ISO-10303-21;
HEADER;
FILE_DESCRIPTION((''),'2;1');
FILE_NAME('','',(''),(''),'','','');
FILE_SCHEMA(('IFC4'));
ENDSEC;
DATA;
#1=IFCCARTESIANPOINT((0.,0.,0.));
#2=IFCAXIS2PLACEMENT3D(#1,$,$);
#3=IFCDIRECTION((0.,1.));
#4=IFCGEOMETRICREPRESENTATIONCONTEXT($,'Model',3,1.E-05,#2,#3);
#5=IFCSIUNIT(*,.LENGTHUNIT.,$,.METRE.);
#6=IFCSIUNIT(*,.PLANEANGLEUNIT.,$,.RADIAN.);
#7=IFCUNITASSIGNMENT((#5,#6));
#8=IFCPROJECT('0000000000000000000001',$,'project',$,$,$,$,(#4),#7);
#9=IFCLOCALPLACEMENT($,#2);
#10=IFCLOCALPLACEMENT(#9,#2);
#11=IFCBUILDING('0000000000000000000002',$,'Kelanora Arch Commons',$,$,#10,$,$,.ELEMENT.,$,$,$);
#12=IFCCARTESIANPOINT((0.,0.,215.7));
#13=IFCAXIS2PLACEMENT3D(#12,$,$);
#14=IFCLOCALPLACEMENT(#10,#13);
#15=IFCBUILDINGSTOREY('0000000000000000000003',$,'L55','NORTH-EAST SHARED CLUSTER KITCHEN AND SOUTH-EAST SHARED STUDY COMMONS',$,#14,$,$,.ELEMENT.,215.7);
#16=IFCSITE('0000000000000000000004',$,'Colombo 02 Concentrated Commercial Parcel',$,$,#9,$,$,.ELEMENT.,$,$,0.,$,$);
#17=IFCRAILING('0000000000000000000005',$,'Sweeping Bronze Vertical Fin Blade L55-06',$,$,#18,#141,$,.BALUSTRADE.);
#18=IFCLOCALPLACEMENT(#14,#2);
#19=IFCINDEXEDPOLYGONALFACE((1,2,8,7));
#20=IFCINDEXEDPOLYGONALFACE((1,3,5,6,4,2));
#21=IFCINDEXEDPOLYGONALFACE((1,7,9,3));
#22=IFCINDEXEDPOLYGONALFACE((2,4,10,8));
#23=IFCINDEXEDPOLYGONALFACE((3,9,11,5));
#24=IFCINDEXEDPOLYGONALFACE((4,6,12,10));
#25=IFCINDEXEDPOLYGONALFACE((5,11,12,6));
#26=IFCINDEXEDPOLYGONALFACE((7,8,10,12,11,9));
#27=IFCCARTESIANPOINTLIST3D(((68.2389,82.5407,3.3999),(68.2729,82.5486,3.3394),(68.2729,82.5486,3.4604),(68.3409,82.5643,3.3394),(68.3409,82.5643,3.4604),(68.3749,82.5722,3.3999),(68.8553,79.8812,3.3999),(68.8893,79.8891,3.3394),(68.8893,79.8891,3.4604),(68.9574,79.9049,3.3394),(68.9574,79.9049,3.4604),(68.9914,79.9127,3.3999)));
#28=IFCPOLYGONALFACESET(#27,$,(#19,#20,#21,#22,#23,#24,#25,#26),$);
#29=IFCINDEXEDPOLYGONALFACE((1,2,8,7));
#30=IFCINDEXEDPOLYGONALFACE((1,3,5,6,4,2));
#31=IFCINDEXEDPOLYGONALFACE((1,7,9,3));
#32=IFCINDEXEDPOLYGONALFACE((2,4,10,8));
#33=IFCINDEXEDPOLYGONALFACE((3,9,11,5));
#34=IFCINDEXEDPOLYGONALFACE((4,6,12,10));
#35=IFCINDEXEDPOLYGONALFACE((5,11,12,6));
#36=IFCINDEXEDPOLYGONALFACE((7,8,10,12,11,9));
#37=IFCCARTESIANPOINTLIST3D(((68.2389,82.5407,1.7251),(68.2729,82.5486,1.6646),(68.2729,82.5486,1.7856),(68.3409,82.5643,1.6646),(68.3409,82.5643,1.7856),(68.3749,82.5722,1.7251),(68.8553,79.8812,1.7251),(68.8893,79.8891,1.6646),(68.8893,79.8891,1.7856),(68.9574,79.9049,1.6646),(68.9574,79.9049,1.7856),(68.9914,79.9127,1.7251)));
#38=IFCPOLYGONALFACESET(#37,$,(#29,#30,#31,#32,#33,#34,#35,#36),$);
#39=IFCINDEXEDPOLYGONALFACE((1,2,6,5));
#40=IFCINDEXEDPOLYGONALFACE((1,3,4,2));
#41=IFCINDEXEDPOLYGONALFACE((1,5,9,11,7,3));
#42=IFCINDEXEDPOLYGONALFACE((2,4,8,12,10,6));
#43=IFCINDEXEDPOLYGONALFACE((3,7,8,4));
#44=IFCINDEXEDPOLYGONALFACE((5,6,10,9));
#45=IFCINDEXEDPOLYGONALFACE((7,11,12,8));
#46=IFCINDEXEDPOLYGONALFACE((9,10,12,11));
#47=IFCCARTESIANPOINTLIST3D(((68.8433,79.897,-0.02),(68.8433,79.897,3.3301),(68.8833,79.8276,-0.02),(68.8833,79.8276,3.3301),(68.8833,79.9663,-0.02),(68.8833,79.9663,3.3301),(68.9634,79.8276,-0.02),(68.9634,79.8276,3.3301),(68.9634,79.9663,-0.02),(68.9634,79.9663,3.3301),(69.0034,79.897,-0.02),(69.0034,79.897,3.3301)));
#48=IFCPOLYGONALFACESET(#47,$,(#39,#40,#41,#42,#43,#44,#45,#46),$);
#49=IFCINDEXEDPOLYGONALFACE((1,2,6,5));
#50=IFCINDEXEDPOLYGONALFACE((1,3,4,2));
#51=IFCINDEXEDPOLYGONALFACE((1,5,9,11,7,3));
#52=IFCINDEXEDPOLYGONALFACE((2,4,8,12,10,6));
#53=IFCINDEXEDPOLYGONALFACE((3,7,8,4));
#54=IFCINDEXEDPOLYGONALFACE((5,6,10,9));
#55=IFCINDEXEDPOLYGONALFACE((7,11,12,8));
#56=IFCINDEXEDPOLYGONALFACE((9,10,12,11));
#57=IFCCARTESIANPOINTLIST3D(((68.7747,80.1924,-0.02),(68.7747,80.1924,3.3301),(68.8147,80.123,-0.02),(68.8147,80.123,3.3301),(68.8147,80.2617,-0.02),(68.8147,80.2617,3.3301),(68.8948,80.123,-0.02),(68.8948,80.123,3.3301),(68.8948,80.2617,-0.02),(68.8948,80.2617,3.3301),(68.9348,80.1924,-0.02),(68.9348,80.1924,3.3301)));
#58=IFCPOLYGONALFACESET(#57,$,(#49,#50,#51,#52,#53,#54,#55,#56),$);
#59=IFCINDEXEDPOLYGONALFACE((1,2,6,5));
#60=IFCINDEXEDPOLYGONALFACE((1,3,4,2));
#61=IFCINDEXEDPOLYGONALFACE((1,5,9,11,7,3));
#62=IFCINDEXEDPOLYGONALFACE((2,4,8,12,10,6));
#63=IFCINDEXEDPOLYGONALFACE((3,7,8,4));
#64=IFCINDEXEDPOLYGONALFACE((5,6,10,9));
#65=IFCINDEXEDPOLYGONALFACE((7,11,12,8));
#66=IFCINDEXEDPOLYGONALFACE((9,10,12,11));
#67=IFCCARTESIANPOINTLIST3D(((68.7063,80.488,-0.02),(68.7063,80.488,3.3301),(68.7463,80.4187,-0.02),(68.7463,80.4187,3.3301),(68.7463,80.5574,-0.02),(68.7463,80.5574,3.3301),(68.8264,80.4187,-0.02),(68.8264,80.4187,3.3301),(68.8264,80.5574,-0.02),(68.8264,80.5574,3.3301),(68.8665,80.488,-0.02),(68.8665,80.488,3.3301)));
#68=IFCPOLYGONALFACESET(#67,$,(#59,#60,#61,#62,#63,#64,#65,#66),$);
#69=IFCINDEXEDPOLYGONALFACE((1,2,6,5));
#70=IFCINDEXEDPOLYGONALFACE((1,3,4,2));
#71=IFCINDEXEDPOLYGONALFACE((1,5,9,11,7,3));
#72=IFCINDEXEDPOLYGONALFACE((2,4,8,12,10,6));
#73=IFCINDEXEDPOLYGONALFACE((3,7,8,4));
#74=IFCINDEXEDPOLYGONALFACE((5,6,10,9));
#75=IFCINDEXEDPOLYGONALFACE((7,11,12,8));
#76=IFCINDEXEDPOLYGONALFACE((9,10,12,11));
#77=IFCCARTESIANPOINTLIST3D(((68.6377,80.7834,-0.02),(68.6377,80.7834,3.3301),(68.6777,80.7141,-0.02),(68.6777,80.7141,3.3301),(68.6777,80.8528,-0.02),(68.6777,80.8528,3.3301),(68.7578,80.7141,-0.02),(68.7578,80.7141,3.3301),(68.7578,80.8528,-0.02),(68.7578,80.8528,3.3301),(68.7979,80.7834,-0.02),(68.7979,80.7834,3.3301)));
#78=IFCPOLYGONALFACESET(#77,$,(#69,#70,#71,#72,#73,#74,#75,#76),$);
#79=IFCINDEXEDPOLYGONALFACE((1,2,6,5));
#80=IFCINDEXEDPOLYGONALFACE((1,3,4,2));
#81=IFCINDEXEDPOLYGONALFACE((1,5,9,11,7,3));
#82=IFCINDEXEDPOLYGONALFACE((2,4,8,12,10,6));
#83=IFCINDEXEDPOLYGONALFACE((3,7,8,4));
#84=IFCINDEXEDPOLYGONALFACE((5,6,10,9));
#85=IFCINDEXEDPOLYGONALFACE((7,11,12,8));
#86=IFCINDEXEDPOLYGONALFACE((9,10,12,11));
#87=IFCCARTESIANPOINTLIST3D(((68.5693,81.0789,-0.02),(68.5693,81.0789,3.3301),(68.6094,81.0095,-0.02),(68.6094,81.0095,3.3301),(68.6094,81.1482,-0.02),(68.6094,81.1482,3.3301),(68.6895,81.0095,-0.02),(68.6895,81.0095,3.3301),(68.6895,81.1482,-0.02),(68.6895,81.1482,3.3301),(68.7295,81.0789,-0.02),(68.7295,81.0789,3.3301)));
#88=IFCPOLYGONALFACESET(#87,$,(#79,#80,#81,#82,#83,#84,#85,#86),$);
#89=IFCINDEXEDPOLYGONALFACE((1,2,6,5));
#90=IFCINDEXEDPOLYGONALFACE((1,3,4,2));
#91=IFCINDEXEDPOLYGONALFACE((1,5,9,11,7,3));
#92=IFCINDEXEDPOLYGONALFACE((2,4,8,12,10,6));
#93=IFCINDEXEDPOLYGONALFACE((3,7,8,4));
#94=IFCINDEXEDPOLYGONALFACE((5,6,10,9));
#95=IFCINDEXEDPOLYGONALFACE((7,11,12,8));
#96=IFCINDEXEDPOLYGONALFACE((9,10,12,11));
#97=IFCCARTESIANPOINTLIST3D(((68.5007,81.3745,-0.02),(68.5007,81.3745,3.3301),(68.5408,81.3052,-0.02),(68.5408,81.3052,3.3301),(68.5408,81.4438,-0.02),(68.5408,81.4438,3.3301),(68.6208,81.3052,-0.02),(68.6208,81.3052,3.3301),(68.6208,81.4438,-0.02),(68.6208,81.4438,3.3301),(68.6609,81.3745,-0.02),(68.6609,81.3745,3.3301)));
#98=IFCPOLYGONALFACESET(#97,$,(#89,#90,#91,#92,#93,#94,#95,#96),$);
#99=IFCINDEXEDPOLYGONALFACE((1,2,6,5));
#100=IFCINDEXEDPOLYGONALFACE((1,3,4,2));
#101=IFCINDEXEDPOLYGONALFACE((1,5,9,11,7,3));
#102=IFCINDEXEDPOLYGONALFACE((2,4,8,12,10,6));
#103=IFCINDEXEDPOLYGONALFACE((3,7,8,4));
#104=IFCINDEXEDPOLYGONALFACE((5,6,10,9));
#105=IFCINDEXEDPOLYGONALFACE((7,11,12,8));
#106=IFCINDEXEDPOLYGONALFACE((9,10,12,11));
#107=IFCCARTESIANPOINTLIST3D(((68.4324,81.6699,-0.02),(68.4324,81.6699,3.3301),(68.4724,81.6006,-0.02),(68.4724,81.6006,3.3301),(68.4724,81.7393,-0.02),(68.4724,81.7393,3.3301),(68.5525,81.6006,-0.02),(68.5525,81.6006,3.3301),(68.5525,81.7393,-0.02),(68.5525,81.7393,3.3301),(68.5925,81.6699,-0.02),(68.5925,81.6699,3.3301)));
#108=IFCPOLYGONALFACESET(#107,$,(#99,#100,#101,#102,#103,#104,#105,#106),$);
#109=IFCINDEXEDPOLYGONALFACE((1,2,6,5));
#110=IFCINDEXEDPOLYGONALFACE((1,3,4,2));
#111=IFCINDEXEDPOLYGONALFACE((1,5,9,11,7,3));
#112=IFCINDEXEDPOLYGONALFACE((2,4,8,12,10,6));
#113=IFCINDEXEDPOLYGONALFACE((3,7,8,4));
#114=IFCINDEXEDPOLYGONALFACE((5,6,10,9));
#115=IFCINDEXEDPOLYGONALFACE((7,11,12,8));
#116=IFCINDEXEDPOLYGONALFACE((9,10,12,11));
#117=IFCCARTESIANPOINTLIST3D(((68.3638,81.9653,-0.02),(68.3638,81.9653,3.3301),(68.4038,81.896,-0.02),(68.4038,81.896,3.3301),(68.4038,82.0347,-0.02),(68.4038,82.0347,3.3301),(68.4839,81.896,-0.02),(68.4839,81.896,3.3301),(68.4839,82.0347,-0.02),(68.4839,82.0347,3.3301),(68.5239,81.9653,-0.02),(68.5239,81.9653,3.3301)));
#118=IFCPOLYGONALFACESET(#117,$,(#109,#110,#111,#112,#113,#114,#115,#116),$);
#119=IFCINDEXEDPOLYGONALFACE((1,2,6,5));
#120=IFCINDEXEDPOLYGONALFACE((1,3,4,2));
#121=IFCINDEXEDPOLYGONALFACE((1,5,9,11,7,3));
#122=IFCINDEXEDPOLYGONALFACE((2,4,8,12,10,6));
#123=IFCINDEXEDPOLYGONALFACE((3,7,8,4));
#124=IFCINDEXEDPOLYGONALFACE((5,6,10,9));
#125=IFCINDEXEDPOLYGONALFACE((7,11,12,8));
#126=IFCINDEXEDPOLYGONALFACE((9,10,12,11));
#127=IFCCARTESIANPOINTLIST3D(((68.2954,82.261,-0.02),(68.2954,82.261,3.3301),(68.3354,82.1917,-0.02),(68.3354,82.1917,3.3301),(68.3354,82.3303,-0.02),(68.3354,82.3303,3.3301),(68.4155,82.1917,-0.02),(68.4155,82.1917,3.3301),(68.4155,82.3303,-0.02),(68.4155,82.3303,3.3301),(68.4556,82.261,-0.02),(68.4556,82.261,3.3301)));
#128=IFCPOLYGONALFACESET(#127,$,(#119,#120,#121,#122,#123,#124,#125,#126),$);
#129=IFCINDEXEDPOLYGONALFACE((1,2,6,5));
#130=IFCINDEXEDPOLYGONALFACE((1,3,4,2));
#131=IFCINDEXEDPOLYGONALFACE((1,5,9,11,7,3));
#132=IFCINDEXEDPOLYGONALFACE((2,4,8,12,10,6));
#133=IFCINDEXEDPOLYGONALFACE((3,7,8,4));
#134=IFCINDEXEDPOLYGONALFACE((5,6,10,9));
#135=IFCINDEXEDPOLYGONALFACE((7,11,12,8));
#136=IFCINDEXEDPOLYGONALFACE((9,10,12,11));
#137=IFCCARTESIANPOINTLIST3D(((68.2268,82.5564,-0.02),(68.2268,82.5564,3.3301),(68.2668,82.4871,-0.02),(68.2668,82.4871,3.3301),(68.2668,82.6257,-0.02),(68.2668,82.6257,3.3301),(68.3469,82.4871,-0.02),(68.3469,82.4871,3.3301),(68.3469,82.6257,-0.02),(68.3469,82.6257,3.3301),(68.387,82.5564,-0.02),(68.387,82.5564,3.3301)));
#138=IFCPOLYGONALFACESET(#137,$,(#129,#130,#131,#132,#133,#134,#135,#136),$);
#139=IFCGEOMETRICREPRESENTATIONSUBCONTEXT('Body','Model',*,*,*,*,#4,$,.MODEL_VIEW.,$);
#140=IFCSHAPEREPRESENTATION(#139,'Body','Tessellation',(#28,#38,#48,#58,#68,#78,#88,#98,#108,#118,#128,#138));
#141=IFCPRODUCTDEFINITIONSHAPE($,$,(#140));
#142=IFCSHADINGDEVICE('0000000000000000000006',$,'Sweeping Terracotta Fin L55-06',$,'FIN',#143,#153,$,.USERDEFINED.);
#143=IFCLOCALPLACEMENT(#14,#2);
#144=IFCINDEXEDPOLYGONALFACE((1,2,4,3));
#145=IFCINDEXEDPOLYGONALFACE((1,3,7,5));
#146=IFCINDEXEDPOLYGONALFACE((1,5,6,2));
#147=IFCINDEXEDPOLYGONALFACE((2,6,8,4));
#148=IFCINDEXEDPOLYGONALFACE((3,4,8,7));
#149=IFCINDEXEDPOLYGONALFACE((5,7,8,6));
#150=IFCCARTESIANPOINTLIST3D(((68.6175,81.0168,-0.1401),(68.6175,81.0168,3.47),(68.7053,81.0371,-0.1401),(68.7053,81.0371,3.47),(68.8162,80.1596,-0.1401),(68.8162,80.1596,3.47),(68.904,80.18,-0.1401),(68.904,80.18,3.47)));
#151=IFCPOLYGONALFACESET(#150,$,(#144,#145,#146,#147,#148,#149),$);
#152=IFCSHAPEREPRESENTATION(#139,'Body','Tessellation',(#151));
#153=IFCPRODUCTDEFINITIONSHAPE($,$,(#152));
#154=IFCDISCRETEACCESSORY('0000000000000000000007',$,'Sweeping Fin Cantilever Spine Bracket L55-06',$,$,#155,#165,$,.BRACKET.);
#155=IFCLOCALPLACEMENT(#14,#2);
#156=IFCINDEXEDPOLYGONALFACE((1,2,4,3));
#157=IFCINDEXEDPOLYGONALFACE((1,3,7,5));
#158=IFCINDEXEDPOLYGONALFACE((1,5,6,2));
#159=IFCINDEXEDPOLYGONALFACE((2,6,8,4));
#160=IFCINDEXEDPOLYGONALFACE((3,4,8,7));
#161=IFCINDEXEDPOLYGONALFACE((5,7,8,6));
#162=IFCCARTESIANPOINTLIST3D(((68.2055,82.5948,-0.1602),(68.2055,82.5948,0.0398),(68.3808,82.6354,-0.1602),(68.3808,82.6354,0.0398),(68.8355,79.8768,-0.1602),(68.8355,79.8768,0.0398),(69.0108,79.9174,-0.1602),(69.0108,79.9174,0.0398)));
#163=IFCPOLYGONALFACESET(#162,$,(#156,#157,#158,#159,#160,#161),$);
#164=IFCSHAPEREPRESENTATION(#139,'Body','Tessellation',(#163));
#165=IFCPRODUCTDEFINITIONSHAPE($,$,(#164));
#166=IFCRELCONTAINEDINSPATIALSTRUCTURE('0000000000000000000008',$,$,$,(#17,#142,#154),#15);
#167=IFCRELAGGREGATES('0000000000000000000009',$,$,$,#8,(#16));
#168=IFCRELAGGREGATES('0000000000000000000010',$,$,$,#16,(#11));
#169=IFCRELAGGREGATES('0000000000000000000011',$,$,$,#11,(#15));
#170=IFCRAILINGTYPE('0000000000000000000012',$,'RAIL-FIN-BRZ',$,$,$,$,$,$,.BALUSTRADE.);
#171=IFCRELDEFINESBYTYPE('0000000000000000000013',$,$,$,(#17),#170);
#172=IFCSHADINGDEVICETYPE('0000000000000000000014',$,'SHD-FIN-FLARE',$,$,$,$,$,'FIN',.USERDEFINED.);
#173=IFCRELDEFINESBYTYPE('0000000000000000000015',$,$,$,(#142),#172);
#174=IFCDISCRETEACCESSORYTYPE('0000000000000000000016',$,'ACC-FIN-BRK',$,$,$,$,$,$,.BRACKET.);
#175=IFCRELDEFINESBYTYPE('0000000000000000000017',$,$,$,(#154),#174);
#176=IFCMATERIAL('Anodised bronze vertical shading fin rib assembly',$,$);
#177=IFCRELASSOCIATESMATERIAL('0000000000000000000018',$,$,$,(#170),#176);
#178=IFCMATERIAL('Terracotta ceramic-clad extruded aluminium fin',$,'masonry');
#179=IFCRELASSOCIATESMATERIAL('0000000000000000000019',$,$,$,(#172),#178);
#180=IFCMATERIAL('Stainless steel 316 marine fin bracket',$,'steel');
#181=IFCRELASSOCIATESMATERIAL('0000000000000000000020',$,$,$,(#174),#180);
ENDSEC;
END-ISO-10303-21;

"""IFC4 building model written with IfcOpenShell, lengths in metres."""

from ifc_helpers import new_model, si_unit, direction, frame, origin, origin_2d, place, context, subcontext, project, spatial, polyline, rectangle, outline, extrude, source, transform, mapped, material, type_object, element, save


model = new_model("IFC4")

# Units and contexts
model_context = context("Model", 3, precision=1e-05, world=origin(), true_north=direction((0.0, 1.0)))
body_context = subcontext(model_context, "Body", "Model", "MODEL_VIEW")
ifc_project = project(units=[si_unit("LENGTHUNIT", "METRE"), si_unit("PLANEANGLEUNIT", "RADIAN")], contexts=[model_context])

# Site, building, storey
site_placement = place(None, origin())
site = spatial("IfcSite", under=ifc_project, at=site_placement, Name="Colombo 02 Concentrated Commercial Parcel", CompositionType="ELEMENT", RefElevation=0.0)
building_placement = place(site_placement, origin())
building = spatial("IfcBuilding", under=site, at=building_placement, Name="Kelanora Arch Commons", CompositionType="ELEMENT")
storey_placement = place(building_placement, frame((0.0, 0.0, 215.7)))
storey = spatial("IfcBuildingStorey", under=building, at=storey_placement, Name="L55", Description="NORTH-EAST SHARED CLUSTER KITCHEN AND SOUTH-EAST SHARED STUDY COMMONS", CompositionType="ELEMENT", Elevation=215.7)

# Railing
ifc_material_1 = material(Name="Anodised bronze vertical shading fin rib assembly")
railing_type = type_object("IfcRailingType", Name="RAIL-FIN-BRZ", PredefinedType="BALUSTRADE", material=ifc_material_1)
railing_placement = place(storey_placement, frame((68.9233, 79.897, -0.02)))
element("IfcRailing", 1, at=railing_placement, inside=storey, type_object=railing_type, Name="Sweeping Bronze Vertical Fin Blade L55-06", PredefinedType="BALUSTRADE", context=body_context, shape_type="SweptSolid", body=[
    extrude(outline(polyline([(0.0698, 0.0), (0.0349, 0.0605), (-0.0349, 0.0605), (-0.0698, 0.0), (-0.0349, -0.0605), (0.0349, -0.0605), (0.0698, 0.0)])), frame((0.0, 0.0, 3.4199), z_axis=(-0.225813, 0.974171, 0.0), x_axis=(-0.974171, -0.225813, 0.0)), (0.0, 0.0, 1.0), 2.73),
    extrude(outline(polyline([(0.0698, 0.0), (0.0349, 0.0605), (-0.0349, 0.0605), (-0.0698, 0.0), (-0.0349, -0.0605), (0.0349, -0.0605), (0.0698, 0.0)])), frame((0.0, 0.0, 1.7451), z_axis=(-0.225813, 0.974171, 0.0), x_axis=(-0.974171, -0.225813, 0.0)), (0.0, 0.0, 1.0), 2.73),
    extrude(outline(polyline([(0.0801, 0.0), (0.04, 0.0693), (-0.04, 0.0693), (-0.0801, 0.0), (-0.04, -0.0693), (0.04, -0.0693), (0.0801, 0.0)])), origin(), (0.0, 0.0, 1.0), 3.3501),
    extrude(outline(polyline([(0.0801, 0.0), (0.04, 0.0693), (-0.04, 0.0693), (-0.0801, 0.0), (-0.04, -0.0693), (0.04, -0.0693), (0.0801, 0.0)])), frame((-0.0686, 0.2954, 0.0)), (0.0, 0.0, 1.0), 3.3501),
    extrude(outline(polyline([(0.0801, 0.0), (0.04, 0.0693), (-0.04, 0.0693), (-0.0801, 0.0), (-0.04, -0.0693), (0.04, -0.0693), (0.0801, 0.0)])), frame((-0.137, 0.5911, 0.0)), (0.0, 0.0, 1.0), 3.3501),
    extrude(outline(polyline([(0.0801, 0.0), (0.04, 0.0693), (-0.04, 0.0693), (-0.0801, 0.0), (-0.04, -0.0693), (0.04, -0.0693), (0.0801, 0.0)])), frame((-0.2056, 0.8865, 0.0)), (0.0, 0.0, 1.0), 3.3501),
    extrude(outline(polyline([(0.0801, 0.0), (0.04, 0.0693), (-0.04, 0.0693), (-0.0801, 0.0), (-0.04, -0.0693), (0.04, -0.0693), (0.0801, 0.0)])), frame((-0.2739, 1.1819, 0.0)), (0.0, 0.0, 1.0), 3.3501),
    extrude(outline(polyline([(0.0801, 0.0), (0.04, 0.0693), (-0.04, 0.0693), (-0.0801, 0.0), (-0.04, -0.0693), (0.04, -0.0693), (0.0801, 0.0)])), frame((-0.3425, 1.4775, 0.0)), (0.0, 0.0, 1.0), 3.3501),
    extrude(outline(polyline([(0.0801, 0.0), (0.04, 0.0693), (-0.04, 0.0693), (-0.0801, 0.0), (-0.04, -0.0693), (0.04, -0.0693), (0.0801, 0.0)])), frame((-0.4109, 1.7729, 0.0)), (0.0, 0.0, 1.0), 3.3501),
    extrude(outline(polyline([(0.0801, 0.0), (0.04, 0.0693), (-0.04, 0.0693), (-0.0801, 0.0), (-0.04, -0.0693), (0.04, -0.0693), (0.0801, 0.0)])), frame((-0.4795, 2.0684, 0.0)), (0.0, 0.0, 1.0), 3.3501),
    extrude(outline(polyline([(0.0801, 0.0), (0.04, 0.0693), (-0.04, 0.0693), (-0.0801, 0.0), (-0.04, -0.0693), (0.04, -0.0693), (0.0801, 0.0)])), frame((-0.5479, 2.364, 0.0)), (0.0, 0.0, 1.0), 3.3501),
    extrude(outline(polyline([(0.0801, 0.0), (0.04, 0.0693), (-0.04, 0.0693), (-0.0801, 0.0), (-0.04, -0.0693), (0.04, -0.0693), (0.0801, 0.0)])), frame((-0.6165, 2.6594, 0.0)), (0.0, 0.0, 1.0), 3.3501),
])

# Shading device
ifc_material_2 = material(Name="Terracotta ceramic-clad extruded aluminium fin", Category="masonry")
shading_device_type = type_object("IfcShadingDeviceType", Name="SHD-FIN-FLARE", ElementType="FIN", PredefinedType="USERDEFINED", material=ifc_material_2)
shared_shape_1 = source(origin(), body_context, "Body", "SweptSolid", [
    extrude(rectangle(XDim=0.8799, YDim=0.0901, at=origin_2d()), origin(), (0.0, 0.0, 1.0), 3.6101),
])
shading_device_placement = place(storey_placement, frame((68.7607, 80.5984, -0.1401), z_axis=(0.0, 0.0, 1.0), x_axis=(-0.225801, 0.974173, 0.0)))
element("IfcShadingDevice", 2, at=shading_device_placement, inside=storey, type_object=shading_device_type, Name="Sweeping Terracotta Fin L55-06", ObjectType="FIN", PredefinedType="USERDEFINED", context=body_context, shape_type="MappedRepresentation", body=[
    mapped(shared_shape_1, transform((0.0, 0.0, 0.0), scale=1.0)),
])

# Discrete accessory
ifc_material_3 = material(Name="Stainless steel 316 marine fin bracket", Category="steel")
discrete_accessory_type = type_object("IfcDiscreteAccessoryType", Name="ACC-FIN-BRK", PredefinedType="BRACKET", material=ifc_material_3)
shared_shape_2 = source(origin(), body_context, "Body", "SweptSolid", [
    extrude(rectangle(XDim=2.79, YDim=0.1799, at=origin_2d()), origin(), (0.0, 0.0, 1.0), 0.2),
])
discrete_accessory_placement = place(storey_placement, frame((68.6082, 81.2561, -0.1602), z_axis=(0.0, 0.0, 1.0), x_axis=(-0.225801, 0.974173, 0.0)))
element("IfcDiscreteAccessory", 3, at=discrete_accessory_placement, inside=storey, type_object=discrete_accessory_type, Name="Sweeping Fin Cantilever Spine Bracket L55-06", PredefinedType="BRACKET", context=body_context, shape_type="MappedRepresentation", body=[
    mapped(shared_shape_2, transform((0.0, 0.0, 0.0), scale=1.0)),
])

save(model, "model.ifc")
